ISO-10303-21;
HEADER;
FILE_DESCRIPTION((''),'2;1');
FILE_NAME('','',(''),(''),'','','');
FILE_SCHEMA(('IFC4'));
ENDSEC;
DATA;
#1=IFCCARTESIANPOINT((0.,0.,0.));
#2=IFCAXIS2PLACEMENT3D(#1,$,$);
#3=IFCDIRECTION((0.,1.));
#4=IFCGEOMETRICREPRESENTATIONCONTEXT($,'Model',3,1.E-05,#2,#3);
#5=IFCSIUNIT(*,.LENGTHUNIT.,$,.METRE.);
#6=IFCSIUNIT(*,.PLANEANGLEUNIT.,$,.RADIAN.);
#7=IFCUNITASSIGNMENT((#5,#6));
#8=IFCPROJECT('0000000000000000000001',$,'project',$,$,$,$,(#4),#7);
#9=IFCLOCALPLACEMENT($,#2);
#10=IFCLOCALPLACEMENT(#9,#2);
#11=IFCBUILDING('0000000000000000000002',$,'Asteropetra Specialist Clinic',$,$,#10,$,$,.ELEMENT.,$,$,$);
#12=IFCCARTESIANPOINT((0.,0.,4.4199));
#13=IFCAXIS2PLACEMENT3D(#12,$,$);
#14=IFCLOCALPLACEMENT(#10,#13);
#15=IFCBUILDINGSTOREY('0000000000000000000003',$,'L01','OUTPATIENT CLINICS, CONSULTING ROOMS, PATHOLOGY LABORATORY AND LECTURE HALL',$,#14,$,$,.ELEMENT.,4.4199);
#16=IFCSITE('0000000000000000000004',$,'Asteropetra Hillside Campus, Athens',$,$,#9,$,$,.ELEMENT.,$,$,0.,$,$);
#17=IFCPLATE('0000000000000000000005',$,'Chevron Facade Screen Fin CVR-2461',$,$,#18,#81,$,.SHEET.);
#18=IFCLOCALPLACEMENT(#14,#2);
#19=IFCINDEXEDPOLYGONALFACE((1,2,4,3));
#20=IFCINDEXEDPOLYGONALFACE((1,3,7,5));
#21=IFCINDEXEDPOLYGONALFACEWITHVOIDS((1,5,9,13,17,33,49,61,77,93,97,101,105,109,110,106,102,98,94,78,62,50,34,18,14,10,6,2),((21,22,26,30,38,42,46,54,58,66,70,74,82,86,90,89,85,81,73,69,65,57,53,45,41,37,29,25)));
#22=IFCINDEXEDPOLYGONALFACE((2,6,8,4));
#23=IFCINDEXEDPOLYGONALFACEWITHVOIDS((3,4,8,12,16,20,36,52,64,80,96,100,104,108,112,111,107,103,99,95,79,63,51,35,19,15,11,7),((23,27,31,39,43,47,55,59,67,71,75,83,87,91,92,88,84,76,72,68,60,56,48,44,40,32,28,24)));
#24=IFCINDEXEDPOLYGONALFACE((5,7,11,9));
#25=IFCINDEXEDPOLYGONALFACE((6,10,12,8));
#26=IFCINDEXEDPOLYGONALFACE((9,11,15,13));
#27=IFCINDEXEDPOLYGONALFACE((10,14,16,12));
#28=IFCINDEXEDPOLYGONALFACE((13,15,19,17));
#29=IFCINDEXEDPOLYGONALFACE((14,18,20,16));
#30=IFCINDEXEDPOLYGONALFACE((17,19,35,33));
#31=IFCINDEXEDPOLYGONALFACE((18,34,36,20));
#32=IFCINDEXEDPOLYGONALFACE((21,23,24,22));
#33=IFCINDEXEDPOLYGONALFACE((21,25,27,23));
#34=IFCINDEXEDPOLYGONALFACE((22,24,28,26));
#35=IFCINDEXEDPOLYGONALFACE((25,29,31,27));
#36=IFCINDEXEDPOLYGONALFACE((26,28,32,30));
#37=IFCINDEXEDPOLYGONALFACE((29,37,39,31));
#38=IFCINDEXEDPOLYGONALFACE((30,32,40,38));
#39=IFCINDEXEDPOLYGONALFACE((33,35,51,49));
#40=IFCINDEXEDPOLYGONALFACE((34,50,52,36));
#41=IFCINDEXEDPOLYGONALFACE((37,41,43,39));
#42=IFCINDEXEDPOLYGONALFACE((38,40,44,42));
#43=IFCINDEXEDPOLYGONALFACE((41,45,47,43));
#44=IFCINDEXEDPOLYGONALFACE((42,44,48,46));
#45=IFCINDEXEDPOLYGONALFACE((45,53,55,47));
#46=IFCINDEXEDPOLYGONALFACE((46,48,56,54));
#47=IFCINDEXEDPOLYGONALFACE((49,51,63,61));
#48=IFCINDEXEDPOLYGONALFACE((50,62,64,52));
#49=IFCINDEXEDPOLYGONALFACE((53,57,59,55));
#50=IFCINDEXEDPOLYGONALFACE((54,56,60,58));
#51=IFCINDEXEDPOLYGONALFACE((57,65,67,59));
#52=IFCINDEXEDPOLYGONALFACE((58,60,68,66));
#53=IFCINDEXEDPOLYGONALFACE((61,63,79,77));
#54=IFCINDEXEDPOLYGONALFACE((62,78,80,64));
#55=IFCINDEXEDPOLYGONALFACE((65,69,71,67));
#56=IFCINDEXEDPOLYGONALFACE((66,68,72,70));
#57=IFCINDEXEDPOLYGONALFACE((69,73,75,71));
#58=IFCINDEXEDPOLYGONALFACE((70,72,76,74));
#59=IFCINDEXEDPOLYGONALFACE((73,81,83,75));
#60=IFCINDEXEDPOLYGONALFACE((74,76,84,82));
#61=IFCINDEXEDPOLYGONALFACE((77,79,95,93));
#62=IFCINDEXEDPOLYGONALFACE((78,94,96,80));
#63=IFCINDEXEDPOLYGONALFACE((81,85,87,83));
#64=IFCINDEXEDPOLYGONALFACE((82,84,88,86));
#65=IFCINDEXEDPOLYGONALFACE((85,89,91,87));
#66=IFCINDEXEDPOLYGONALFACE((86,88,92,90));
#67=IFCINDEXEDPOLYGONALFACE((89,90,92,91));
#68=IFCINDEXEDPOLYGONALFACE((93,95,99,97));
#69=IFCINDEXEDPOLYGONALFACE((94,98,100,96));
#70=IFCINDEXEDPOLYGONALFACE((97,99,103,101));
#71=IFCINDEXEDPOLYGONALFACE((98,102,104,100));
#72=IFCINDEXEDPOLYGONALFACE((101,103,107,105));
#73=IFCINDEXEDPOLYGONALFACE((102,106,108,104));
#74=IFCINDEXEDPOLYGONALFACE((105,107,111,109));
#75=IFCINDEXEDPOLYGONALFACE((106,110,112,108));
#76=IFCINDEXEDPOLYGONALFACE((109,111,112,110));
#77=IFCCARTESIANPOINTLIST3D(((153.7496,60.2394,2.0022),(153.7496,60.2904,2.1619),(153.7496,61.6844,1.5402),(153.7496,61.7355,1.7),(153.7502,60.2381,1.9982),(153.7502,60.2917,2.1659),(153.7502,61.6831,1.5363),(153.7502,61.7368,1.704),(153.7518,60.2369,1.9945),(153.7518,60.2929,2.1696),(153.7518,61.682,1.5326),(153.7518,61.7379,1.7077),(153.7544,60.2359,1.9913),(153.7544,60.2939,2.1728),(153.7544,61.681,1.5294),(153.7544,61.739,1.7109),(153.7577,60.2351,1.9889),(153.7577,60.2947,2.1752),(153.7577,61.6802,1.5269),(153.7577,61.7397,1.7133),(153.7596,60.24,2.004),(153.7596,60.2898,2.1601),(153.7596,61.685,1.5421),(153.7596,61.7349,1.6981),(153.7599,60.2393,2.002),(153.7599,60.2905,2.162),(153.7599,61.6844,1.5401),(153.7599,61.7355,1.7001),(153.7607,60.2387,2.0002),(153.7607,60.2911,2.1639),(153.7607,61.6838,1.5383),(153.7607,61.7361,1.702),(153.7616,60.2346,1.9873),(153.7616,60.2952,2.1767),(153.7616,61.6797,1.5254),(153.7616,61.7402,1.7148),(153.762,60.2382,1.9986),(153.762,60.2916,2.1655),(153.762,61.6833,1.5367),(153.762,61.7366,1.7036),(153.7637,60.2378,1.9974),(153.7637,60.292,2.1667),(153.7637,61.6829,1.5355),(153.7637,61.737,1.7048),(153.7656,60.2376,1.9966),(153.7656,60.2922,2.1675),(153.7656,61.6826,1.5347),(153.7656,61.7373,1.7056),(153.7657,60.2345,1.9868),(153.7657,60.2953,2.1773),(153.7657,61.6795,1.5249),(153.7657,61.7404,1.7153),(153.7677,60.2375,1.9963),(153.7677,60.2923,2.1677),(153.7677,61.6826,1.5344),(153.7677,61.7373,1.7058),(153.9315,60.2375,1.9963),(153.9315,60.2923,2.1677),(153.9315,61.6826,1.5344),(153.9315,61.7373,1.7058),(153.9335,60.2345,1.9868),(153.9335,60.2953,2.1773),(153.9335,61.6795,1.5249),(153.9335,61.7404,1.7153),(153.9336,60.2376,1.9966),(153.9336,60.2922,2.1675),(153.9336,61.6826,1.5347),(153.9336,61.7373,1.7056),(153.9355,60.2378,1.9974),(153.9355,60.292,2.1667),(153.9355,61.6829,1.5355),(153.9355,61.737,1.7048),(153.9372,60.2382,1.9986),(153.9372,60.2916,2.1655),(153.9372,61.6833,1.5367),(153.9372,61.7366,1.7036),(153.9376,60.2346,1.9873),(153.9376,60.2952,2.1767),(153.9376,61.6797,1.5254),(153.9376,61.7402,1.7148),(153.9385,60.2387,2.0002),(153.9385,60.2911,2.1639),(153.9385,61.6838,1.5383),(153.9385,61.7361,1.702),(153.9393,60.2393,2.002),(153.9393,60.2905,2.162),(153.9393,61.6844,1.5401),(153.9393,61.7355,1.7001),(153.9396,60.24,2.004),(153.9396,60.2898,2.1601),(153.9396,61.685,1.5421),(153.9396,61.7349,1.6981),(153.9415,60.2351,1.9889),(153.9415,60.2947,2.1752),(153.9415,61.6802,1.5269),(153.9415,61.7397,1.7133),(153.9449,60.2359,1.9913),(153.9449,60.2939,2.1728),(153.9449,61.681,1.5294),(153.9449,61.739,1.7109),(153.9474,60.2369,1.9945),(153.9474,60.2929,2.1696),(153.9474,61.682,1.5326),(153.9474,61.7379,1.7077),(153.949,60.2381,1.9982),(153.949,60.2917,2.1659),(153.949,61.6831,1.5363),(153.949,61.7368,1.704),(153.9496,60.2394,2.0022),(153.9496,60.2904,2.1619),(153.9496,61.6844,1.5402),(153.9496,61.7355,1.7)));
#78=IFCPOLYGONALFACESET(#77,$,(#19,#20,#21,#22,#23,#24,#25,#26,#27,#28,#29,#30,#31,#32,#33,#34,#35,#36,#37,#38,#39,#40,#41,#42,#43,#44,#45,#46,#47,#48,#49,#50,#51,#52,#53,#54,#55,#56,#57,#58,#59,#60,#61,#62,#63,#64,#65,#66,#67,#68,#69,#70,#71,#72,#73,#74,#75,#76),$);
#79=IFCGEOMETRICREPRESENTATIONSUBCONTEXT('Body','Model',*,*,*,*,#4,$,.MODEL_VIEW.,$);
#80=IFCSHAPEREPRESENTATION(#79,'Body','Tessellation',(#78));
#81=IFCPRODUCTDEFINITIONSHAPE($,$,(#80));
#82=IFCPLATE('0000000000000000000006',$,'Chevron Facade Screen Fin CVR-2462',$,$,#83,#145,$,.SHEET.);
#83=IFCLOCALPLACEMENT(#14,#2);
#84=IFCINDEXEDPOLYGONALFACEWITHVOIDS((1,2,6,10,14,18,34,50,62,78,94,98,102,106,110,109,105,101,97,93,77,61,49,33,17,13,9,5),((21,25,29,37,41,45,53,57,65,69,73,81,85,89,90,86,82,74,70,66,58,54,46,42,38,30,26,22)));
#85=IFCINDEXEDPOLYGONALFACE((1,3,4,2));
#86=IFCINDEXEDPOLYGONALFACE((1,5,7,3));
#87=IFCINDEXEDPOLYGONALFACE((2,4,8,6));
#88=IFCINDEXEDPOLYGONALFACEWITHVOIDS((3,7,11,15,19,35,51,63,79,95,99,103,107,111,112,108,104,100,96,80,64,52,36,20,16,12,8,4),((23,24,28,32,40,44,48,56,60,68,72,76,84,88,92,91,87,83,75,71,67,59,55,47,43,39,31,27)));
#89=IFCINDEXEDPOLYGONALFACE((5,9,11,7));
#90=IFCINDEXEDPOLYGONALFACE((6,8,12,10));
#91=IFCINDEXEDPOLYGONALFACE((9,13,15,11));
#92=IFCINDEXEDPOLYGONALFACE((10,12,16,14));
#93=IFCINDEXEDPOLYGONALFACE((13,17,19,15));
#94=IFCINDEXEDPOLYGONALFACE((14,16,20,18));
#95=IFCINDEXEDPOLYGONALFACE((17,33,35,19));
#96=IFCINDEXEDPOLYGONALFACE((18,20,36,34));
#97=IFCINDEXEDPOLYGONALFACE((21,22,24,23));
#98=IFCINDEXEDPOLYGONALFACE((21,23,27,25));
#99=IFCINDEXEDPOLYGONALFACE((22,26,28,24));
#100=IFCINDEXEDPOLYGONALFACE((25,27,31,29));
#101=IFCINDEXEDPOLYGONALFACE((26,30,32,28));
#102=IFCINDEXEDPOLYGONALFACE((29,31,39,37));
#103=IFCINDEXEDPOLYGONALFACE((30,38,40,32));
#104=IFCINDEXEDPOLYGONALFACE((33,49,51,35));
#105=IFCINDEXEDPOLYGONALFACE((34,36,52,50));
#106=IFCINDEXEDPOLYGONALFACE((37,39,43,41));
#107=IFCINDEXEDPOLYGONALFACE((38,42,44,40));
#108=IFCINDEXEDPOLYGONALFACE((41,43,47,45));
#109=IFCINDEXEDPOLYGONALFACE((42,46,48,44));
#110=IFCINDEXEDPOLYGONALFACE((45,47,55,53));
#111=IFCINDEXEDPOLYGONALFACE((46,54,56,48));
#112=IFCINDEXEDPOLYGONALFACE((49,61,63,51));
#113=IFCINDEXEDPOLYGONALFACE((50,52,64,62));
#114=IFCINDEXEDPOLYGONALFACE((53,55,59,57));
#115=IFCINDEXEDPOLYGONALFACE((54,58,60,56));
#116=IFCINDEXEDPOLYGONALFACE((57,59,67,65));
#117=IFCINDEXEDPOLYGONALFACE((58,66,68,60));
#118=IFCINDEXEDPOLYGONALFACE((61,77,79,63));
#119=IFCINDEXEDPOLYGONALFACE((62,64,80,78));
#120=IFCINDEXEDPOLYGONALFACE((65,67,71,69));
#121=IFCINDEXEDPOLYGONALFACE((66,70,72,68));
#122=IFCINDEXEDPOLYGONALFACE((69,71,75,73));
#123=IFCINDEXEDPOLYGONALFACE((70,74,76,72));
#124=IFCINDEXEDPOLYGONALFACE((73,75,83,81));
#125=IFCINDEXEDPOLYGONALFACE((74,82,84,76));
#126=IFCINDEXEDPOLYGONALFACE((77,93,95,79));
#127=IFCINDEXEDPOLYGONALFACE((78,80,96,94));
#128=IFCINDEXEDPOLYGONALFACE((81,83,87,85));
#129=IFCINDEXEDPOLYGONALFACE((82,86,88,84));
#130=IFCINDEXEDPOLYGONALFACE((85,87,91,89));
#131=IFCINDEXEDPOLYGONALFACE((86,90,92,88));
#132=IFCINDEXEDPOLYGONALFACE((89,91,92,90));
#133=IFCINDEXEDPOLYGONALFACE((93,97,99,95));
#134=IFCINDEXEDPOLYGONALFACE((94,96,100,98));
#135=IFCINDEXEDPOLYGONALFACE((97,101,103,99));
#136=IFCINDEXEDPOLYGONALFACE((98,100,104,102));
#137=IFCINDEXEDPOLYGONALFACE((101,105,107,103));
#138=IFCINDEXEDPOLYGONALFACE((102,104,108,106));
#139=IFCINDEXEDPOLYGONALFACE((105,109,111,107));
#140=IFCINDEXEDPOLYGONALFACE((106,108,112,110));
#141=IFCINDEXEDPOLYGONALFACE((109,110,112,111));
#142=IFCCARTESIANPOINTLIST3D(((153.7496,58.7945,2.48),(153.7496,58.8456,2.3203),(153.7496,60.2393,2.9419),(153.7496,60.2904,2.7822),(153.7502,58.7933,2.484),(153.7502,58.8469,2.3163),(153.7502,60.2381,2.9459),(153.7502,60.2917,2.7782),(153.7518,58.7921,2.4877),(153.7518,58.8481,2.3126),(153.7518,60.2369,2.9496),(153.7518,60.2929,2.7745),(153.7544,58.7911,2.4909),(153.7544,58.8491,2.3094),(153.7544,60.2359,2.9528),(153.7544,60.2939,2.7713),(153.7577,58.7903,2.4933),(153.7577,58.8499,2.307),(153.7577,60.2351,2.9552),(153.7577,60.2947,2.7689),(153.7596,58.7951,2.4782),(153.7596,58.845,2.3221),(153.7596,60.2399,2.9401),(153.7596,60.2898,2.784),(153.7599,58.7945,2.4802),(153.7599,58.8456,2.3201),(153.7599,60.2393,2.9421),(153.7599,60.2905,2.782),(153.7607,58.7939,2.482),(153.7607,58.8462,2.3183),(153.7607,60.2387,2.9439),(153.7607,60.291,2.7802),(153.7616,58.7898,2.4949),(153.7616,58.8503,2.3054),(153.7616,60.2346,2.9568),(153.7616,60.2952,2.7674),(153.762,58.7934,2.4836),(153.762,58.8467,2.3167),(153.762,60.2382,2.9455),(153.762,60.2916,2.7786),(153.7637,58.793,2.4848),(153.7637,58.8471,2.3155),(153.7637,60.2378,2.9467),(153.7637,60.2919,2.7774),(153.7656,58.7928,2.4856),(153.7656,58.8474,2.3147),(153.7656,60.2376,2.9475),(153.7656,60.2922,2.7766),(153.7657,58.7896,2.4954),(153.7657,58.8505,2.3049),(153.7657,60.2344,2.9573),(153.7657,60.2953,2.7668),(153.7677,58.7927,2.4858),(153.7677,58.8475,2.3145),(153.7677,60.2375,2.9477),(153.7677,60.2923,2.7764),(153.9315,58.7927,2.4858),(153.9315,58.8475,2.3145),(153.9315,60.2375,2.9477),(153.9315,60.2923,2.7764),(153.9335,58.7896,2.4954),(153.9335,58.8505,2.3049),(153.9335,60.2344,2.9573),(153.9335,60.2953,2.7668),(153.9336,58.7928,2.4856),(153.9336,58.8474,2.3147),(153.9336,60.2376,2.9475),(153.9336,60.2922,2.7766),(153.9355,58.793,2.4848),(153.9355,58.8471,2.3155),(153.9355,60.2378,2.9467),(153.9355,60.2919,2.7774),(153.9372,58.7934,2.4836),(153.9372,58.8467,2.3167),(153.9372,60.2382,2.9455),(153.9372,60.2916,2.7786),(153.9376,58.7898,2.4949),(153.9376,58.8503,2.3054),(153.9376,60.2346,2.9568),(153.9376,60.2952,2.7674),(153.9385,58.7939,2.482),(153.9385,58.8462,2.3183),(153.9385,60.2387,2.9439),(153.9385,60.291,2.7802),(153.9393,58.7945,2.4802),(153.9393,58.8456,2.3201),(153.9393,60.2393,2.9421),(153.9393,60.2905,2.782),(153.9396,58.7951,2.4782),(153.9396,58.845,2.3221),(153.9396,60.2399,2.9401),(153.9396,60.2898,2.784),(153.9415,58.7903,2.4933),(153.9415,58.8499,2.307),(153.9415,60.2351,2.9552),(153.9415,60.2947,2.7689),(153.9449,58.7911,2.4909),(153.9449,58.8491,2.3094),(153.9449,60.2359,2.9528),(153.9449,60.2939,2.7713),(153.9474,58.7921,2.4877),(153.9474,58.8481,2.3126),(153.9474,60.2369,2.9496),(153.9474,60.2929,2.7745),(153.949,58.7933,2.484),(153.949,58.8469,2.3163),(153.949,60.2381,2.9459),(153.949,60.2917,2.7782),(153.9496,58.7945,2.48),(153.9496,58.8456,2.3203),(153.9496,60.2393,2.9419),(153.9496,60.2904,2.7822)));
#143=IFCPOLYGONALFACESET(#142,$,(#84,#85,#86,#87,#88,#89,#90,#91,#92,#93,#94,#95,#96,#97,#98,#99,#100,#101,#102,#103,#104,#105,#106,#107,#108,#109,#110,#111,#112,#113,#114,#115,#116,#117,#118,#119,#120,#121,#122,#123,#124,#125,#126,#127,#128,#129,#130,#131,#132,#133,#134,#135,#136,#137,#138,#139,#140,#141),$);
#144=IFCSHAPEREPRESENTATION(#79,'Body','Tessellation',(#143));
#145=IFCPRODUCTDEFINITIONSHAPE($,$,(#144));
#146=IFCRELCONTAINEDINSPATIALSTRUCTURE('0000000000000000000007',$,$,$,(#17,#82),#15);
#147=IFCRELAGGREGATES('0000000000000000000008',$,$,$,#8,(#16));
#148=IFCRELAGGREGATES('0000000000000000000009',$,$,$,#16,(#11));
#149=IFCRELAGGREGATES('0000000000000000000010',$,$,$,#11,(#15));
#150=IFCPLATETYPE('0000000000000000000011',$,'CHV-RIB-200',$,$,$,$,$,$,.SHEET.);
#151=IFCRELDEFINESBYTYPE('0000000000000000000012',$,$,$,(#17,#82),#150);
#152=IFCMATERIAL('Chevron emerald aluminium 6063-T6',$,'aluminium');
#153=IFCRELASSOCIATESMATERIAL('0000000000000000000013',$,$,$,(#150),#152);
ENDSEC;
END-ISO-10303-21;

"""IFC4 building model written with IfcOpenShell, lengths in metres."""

from ifc_helpers import new_model, si_unit, direction, frame, origin, origin_2d, place, context, subcontext, project, spatial, hollow_rectangle, extrude, material, material_profile, profile_set, type_object, element, save


model = new_model("IFC4")

# Units and contexts
model_context = context("Model", 3, precision=1e-05, world=origin(), true_north=direction((0.0, 1.0)))
body_context = subcontext(model_context, "Body", "Model", "MODEL_VIEW")
ifc_project = project(units=[si_unit("LENGTHUNIT", "METRE"), si_unit("PLANEANGLEUNIT", "RADIAN")], contexts=[model_context])

# Site, building, storey
site_placement = place(None, origin())
site = spatial("IfcSite", under=ifc_project, at=site_placement, Name="Asteropetra Hillside Campus, Athens", CompositionType="ELEMENT", RefElevation=0.0)
building_placement = place(site_placement, origin())
building = spatial("IfcBuilding", under=site, at=building_placement, Name="Asteropetra Specialist Clinic", CompositionType="ELEMENT")
storey_placement = place(building_placement, frame((0.0, 0.0, 4.4199)))
storey = spatial("IfcBuildingStorey", under=building, at=storey_placement, Name="L01", Description="OUTPATIENT CLINICS, CONSULTING ROOMS, PATHOLOGY LABORATORY AND LECTURE HALL", CompositionType="ELEMENT", Elevation=4.4199)

# Plates
ifc_material_1 = material(Name="Chevron emerald aluminium 6063-T6", Category="aluminium")
ifc_material_profile = material_profile(ifc_material_1, hollow_rectangle(XDim=0.2, YDim=0.2, WallThickness=0.01, InnerFilletRadius=0.0081, OuterFilletRadius=0.0161, at=origin_2d()), Name="SHS 200x200x10.0")
ifc_profile_set = profile_set([ifc_material_profile], Name="Chevron emerald aluminium 6063-T6")
plate_type = type_object("IfcPlateType", Name="CHV-RIB-200", PredefinedType="SHEET", material=ifc_profile_set)
plate_1_placement = place(storey_placement, frame((153.8496, 60.2649, 2.082), z_axis=(0.0, 0.952521, -0.304472), x_axis=(-1.0, 0.0, 0.0)))
element("IfcPlate", 1, at=plate_1_placement, inside=storey, type_object=plate_type, Name="Chevron Facade Screen Fin CVR-2461", PredefinedType="SHEET", context=body_context, shape_type="SweptSolid", body=[
    extrude(hollow_rectangle(XDim=0.2, YDim=0.2, WallThickness=0.01, InnerFilletRadius=0.0081, OuterFilletRadius=0.0161, at=origin_2d()), origin(), (0.0, 0.0, 1.0), 1.5171),
])
plate_2_placement = place(storey_placement, frame((153.8496, 58.8201, 2.4001), z_axis=(0.0, 0.952506, 0.304519), x_axis=(-1.0, 0.0, 0.0)))
element("IfcPlate", 2, at=plate_2_placement, inside=storey, type_object=plate_type, Name="Chevron Facade Screen Fin CVR-2462", PredefinedType="SHEET", context=body_context, shape_type="SweptSolid", body=[
    extrude(hollow_rectangle(XDim=0.2, YDim=0.2, WallThickness=0.01, InnerFilletRadius=0.0081, OuterFilletRadius=0.0161, at=origin_2d()), origin(), (0.0, 0.0, 1.0), 1.5168),
])

save(model, "model.ifc")
